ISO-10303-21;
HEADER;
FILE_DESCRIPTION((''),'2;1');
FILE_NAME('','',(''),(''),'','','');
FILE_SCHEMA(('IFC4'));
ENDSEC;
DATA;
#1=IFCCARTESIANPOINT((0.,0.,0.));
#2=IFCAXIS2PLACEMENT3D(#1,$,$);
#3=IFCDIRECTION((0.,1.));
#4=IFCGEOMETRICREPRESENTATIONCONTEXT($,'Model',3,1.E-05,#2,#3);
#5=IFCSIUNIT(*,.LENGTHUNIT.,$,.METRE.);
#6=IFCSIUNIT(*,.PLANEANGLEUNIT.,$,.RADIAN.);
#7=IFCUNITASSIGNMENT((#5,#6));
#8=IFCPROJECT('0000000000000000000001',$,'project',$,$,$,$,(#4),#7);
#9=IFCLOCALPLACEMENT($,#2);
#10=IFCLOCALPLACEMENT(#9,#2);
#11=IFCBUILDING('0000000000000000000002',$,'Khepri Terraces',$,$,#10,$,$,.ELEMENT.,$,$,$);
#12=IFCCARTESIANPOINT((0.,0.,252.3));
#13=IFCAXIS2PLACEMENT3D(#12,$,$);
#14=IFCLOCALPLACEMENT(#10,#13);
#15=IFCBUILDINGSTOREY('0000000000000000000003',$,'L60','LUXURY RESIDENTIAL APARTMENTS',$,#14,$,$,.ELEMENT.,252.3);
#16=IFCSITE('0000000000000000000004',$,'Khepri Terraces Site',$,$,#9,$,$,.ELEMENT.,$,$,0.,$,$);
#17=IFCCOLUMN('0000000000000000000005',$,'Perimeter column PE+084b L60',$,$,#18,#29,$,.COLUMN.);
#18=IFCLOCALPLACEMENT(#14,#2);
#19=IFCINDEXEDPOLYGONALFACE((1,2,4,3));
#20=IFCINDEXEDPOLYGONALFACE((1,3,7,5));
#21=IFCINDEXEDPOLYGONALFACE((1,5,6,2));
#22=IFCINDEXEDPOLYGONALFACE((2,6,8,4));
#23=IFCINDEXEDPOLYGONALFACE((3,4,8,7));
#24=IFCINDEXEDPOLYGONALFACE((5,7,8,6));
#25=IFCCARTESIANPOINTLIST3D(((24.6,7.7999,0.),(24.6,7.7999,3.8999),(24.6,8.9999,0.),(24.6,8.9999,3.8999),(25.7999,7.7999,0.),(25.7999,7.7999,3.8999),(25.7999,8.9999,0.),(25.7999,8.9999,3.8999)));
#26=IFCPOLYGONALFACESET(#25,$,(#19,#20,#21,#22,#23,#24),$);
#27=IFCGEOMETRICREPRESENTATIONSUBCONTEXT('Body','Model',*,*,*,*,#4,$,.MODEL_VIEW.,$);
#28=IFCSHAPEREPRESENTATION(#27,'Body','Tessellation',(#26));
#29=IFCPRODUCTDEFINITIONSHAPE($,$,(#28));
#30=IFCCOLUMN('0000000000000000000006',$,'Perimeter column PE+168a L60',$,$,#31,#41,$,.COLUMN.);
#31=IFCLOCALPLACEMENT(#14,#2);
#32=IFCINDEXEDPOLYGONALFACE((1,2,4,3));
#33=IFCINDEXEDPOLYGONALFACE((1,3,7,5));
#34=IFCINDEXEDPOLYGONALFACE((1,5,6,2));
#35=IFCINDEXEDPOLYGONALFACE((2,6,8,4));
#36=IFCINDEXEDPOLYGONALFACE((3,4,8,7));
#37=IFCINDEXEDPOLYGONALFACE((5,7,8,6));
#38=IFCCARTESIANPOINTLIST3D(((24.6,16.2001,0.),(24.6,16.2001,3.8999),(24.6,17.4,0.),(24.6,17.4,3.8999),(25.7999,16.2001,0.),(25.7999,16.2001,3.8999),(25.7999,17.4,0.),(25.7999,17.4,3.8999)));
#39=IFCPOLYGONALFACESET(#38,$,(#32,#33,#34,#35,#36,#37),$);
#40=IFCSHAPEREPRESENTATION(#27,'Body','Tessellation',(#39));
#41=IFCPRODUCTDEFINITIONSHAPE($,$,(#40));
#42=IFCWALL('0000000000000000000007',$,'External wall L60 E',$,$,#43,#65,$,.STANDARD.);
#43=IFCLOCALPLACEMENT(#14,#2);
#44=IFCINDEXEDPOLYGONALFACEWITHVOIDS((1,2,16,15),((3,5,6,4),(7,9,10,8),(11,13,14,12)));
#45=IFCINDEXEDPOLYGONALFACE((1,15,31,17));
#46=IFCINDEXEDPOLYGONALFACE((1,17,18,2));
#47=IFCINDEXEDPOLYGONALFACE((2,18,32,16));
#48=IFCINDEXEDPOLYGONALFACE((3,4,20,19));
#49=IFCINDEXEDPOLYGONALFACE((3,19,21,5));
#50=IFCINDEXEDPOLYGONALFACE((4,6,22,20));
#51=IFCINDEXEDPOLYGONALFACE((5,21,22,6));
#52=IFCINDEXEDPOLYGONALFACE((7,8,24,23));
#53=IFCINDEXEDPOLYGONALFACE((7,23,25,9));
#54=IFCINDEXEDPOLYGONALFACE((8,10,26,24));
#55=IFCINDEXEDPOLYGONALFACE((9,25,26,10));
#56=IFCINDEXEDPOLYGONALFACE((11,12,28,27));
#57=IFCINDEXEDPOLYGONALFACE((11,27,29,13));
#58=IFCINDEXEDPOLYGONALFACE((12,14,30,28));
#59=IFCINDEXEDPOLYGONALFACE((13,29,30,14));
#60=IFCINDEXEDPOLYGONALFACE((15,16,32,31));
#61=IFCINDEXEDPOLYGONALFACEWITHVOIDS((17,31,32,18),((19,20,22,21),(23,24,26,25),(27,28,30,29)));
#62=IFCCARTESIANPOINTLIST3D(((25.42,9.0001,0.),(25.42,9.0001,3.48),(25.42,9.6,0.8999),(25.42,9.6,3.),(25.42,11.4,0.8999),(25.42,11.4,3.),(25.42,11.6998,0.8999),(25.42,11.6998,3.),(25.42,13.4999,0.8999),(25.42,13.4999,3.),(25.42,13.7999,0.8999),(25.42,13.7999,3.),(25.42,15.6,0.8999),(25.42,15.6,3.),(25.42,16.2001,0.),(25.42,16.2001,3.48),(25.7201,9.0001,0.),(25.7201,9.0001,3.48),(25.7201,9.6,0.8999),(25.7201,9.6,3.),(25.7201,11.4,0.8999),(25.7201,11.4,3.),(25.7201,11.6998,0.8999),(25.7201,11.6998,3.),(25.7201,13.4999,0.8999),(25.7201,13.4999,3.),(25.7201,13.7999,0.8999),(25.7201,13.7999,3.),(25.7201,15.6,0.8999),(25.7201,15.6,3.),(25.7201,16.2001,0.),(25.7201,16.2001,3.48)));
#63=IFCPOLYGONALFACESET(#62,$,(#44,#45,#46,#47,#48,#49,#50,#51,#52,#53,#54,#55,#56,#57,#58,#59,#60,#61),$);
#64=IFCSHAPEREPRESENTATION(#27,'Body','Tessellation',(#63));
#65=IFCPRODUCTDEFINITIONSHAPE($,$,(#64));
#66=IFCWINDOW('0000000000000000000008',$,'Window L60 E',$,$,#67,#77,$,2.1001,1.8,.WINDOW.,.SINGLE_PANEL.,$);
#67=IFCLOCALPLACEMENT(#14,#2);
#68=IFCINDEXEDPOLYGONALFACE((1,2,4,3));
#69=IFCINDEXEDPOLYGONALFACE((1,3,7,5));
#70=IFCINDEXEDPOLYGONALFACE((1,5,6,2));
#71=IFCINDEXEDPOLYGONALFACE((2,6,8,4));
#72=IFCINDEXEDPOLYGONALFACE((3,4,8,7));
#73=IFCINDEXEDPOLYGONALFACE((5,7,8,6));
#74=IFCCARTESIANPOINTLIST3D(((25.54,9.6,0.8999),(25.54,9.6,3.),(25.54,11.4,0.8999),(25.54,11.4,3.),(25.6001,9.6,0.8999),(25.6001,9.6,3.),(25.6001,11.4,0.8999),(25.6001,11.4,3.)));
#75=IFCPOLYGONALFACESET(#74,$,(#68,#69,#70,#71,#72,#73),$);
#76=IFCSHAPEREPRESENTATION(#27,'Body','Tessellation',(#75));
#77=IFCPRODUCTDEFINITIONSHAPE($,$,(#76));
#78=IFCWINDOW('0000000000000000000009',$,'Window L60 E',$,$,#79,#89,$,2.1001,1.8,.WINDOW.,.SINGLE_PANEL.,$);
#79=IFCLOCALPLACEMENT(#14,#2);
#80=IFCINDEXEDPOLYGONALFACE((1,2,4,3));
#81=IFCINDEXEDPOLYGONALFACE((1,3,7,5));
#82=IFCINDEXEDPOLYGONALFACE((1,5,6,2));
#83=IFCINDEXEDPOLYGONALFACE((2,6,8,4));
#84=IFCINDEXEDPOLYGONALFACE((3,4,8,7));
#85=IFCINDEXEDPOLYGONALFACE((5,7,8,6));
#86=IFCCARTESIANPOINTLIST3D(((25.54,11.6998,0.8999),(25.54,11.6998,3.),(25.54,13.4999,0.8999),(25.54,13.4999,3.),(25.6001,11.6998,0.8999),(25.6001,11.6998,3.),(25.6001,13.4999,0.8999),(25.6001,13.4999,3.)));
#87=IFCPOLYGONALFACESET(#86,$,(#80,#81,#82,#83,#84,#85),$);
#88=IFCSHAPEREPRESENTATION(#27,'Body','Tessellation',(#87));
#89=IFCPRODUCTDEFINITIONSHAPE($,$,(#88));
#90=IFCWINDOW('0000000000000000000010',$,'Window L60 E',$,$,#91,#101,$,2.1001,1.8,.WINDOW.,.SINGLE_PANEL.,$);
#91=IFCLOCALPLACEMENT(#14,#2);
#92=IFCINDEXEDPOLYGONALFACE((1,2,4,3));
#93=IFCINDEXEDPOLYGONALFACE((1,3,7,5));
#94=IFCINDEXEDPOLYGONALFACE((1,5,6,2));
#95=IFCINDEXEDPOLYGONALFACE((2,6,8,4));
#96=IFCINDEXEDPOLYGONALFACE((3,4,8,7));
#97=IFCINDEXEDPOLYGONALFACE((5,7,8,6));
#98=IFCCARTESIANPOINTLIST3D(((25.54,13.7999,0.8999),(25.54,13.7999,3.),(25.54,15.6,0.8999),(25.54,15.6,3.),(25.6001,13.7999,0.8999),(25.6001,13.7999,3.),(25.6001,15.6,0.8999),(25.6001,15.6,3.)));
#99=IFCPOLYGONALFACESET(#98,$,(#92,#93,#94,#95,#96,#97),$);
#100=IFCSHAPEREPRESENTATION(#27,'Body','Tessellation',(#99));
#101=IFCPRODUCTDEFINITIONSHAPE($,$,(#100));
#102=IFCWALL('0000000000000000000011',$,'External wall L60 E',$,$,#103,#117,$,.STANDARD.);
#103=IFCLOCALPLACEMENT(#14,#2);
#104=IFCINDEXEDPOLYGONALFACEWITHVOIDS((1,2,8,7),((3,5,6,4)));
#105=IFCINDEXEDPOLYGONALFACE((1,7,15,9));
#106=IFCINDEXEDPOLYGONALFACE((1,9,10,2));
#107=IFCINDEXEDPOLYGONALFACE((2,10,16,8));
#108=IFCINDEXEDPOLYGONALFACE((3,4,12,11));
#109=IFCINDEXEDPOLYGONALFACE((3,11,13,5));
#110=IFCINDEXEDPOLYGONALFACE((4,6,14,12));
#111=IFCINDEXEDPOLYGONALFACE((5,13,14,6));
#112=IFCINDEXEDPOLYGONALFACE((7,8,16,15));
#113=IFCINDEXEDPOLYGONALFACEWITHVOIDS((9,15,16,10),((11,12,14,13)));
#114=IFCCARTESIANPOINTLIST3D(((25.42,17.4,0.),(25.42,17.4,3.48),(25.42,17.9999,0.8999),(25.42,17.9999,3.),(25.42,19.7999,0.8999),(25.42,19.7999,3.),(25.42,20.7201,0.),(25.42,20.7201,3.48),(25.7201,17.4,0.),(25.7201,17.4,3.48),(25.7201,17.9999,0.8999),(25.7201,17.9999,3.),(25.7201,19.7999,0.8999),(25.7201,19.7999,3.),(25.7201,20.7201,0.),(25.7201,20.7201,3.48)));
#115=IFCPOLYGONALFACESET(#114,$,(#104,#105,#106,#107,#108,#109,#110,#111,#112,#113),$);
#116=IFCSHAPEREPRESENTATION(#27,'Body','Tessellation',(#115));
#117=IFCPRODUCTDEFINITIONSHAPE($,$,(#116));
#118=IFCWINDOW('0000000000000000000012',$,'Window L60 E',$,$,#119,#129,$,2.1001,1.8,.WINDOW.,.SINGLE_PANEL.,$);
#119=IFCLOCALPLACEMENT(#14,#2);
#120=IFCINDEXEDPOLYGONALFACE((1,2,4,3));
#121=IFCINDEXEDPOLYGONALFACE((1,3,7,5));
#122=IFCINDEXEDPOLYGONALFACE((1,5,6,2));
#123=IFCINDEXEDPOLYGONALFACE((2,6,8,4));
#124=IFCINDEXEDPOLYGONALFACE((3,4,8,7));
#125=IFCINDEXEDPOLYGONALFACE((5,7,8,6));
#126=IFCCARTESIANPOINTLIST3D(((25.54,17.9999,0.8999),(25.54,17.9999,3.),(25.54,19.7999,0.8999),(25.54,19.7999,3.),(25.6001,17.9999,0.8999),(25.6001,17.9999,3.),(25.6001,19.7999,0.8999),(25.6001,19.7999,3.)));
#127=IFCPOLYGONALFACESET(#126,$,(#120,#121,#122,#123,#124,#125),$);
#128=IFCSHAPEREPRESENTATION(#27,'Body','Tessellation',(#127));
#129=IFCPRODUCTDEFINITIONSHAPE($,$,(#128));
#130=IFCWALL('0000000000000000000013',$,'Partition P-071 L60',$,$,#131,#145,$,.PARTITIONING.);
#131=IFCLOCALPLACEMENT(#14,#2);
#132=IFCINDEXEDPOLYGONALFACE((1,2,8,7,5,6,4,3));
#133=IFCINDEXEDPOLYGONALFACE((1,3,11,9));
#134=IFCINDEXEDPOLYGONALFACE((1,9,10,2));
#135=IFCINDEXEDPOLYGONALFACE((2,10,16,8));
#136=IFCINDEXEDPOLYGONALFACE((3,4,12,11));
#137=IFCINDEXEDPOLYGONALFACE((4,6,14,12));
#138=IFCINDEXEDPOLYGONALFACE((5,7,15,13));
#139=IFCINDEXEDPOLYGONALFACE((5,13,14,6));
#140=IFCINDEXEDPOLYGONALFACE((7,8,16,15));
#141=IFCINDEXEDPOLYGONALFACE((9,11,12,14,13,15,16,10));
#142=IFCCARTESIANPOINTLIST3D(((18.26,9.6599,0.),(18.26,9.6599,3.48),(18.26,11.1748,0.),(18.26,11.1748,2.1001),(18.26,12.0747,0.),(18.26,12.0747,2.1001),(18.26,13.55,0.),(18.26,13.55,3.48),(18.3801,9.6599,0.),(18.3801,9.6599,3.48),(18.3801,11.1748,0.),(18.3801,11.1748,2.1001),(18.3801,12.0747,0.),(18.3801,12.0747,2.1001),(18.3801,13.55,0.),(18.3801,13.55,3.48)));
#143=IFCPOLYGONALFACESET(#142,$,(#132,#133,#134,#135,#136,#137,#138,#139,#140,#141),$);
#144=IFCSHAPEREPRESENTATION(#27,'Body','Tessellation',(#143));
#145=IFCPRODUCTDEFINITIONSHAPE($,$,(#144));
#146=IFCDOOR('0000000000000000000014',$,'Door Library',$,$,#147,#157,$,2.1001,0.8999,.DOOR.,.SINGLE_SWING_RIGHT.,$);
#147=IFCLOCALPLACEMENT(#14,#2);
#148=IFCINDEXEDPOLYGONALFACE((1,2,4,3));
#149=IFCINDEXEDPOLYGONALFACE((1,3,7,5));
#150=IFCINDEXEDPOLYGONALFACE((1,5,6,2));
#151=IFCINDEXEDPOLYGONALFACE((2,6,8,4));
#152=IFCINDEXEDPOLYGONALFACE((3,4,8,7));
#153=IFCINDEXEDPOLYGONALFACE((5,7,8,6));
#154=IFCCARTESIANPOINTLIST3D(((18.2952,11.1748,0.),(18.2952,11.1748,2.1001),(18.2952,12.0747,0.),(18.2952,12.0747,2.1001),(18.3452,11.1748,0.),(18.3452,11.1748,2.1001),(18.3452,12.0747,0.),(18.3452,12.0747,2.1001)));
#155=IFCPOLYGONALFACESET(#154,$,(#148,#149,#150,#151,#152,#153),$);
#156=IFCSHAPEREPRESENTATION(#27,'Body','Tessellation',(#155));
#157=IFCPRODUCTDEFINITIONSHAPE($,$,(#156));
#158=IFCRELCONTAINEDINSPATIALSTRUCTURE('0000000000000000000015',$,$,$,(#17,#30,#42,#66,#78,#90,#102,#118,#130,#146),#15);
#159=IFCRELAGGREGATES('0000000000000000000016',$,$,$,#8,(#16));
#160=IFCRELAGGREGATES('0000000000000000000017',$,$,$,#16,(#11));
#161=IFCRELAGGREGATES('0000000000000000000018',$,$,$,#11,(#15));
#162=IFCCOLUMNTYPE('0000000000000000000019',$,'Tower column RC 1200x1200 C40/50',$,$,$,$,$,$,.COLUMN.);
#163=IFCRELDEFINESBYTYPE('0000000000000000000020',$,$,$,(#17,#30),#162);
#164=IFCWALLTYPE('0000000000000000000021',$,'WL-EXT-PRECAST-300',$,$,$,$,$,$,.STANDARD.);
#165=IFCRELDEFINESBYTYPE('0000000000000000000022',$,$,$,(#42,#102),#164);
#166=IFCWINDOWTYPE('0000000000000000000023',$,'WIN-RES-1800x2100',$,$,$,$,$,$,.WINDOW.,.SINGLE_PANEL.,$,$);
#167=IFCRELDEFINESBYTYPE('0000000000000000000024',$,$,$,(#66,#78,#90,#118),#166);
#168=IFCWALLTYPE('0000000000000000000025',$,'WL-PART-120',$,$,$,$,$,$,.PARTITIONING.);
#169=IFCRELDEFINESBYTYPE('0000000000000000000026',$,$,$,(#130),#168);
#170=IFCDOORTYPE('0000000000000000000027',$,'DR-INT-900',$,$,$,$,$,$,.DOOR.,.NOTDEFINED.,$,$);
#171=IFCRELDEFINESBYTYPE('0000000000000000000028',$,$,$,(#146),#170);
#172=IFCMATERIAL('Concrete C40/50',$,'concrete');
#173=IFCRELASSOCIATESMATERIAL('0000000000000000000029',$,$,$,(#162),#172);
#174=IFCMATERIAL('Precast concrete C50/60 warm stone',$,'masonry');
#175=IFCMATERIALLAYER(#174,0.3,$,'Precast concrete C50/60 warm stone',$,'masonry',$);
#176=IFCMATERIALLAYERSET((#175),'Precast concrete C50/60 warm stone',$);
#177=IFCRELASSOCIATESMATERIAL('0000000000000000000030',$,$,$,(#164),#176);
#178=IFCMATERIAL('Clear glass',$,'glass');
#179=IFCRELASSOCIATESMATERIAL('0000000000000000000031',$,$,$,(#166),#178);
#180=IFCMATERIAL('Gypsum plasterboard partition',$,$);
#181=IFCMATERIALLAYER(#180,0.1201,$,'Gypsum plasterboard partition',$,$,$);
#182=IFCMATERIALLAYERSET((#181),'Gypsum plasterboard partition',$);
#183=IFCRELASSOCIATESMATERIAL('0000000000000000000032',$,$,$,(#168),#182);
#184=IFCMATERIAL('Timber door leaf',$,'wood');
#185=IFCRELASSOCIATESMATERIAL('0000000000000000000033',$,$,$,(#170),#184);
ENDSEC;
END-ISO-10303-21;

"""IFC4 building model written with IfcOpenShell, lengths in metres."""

from ifc_helpers import new_model, si_unit, direction, frame, frame_2d, origin, origin_2d, place, context, subcontext, project, spatial, rectangle, extrude, material, layer, layer_set, material_profile, profile_set, type_object, element, fill, save


model = new_model("IFC4")

# Units and contexts
model_context = context("Model", 3, precision=1e-05, world=origin(), true_north=direction((0.0, 1.0)))
body_context = subcontext(model_context, "Body", "Model", "MODEL_VIEW")
ifc_project = project(units=[si_unit("LENGTHUNIT", "METRE"), si_unit("PLANEANGLEUNIT", "RADIAN")], contexts=[model_context])

# Site, building, storey
site_placement = place(None, origin())
site = spatial("IfcSite", under=ifc_project, at=site_placement, Name="Khepri Terraces Site", CompositionType="ELEMENT", RefElevation=0.0)
building_placement = place(site_placement, origin())
building = spatial("IfcBuilding", under=site, at=building_placement, Name="Khepri Terraces", CompositionType="ELEMENT")
storey_placement = place(building_placement, frame((0.0, 0.0, 252.3)))
storey = spatial("IfcBuildingStorey", under=building, at=storey_placement, Name="L60", Description="LUXURY RESIDENTIAL APARTMENTS", CompositionType="ELEMENT", Elevation=252.3)

# Columns
ifc_material_1 = material(Name="Concrete C40/50", Category="concrete")
ifc_material_profile = material_profile(ifc_material_1, rectangle(XDim=1.2, YDim=1.2, at=origin_2d()), Name="Concrete C40/50", Category="concrete")
ifc_profile_set = profile_set([ifc_material_profile], Name="Concrete C40/50")
column_type = type_object("IfcColumnType", Name="Tower column RC 1200x1200 C40/50", PredefinedType="COLUMN", material=ifc_profile_set)
for number, where, z_axis, x_axis, name in (
    (1, (25.2, 8.3999, 0.0), (0.0, 0.0, 1.0), (1.0, 0.0, 0.0), "Perimeter column PE+084b L60"),
    (2, (25.2, 16.8, 0.0), (0.0, 0.0, 1.0), (1.0, 0.0, 0.0), "Perimeter column PE+168a L60"),
):
    element("IfcColumn", number, at=place(storey_placement, frame(where, z_axis=z_axis, x_axis=x_axis)), inside=storey, type_object=column_type, Name=name, PredefinedType="COLUMN", context=body_context, shape_type="SweptSolid", body=[
        extrude(rectangle(XDim=1.2, YDim=1.2, at=origin_2d()), origin(), (0.0, 0.0, 1.0), 3.8999),
    ])

# Wall, openings, windows
ifc_material_2 = material(Name="Precast concrete C50/60 warm stone", Category="masonry")
ifc_layer_1 = layer(ifc_material_2, 0.3, Name="Precast concrete C50/60 warm stone", Category="masonry")
ifc_layer_set_1 = layer_set([ifc_layer_1], Name="Precast concrete C50/60 warm stone")
wall_type_1 = type_object("IfcWallType", Name="WL-EXT-PRECAST-300", PredefinedType="STANDARD", material=ifc_layer_set_1)
wall_1_placement = place(storey_placement, frame((25.5701, 9.0, 0.0), z_axis=(0.0, 0.0, 1.0), x_axis=(0.0, 1.0, 0.0)))
wall_1 = element("IfcWall", 3, at=wall_1_placement, inside=storey, type_object=wall_type_1, Name="External wall L60 E", PredefinedType="STANDARD", context=body_context, shape_type="SweptSolid", body=[
    extrude(rectangle(XDim=7.2, YDim=0.3, at=frame_2d((3.6001, 0.0))), origin(), (0.0, 0.0, 1.0), 3.48),
])
opening_1_placement = place(wall_1_placement, frame((0.6001, 0.0, 0.8999)))
opening_1 = element("IfcOpeningElement", 4, at=opening_1_placement, cuts=wall_1, PredefinedType="OPENING", context=body_context, shape_type="SweptSolid", body=[
    extrude(rectangle(XDim=1.8, YDim=2.1001, at=frame_2d((0.8999, 1.05))), frame((0.0, 0.1602, 0.0), z_axis=(0.0, -1.0, 0.0), x_axis=(1.0, 0.0, 0.0)), (0.0, 0.0, 1.0), 0.3201),
])
opening_2_placement = place(wall_1_placement, frame((2.7, 0.0, 0.8999)))
opening_2 = element("IfcOpeningElement", 5, at=opening_2_placement, cuts=wall_1, PredefinedType="OPENING", context=body_context, shape_type="SweptSolid", body=[
    extrude(rectangle(XDim=1.8, YDim=2.1001, at=frame_2d((0.8999, 1.05))), frame((0.0, 0.1602, 0.0), z_axis=(0.0, -1.0, 0.0), x_axis=(1.0, 0.0, 0.0)), (0.0, 0.0, 1.0), 0.3201),
])
opening_3_placement = place(wall_1_placement, frame((4.8, 0.0, 0.8999)))
opening_3 = element("IfcOpeningElement", 6, at=opening_3_placement, cuts=wall_1, PredefinedType="OPENING", context=body_context, shape_type="SweptSolid", body=[
    extrude(rectangle(XDim=1.8, YDim=2.1001, at=frame_2d((0.8999, 1.05))), frame((0.0, 0.1602, 0.0), z_axis=(0.0, -1.0, 0.0), x_axis=(1.0, 0.0, 0.0)), (0.0, 0.0, 1.0), 0.3201),
])
ifc_material_3 = material(Name="Clear glass", Category="glass")
window_type = type_object("IfcWindowType", Name="WIN-RES-1800x2100", PartitioningType="SINGLE_PANEL", PredefinedType="WINDOW", material=ifc_material_3)
window_1_placement = place(opening_1_placement, origin())
window_1 = element("IfcWindow", 7, at=window_1_placement, inside=storey, type_object=window_type, Name="Window L60 E", OverallHeight=2.1001, OverallWidth=1.8, PartitioningType="SINGLE_PANEL", PredefinedType="WINDOW", context=body_context, shape_type="SweptSolid", body=[
    extrude(rectangle(XDim=1.8, YDim=2.1001, at=frame_2d((0.8999, 1.05))), frame((0.0, 0.03, 0.0), z_axis=(0.0, -1.0, 0.0), x_axis=(1.0, 0.0, 0.0)), (0.0, 0.0, 1.0), 0.0601),
])
fill(opening_1, window_1)
window_2_placement = place(opening_2_placement, origin())
window_2 = element("IfcWindow", 8, at=window_2_placement, inside=storey, type_object=window_type, Name="Window L60 E", OverallHeight=2.1001, OverallWidth=1.8, PartitioningType="SINGLE_PANEL", PredefinedType="WINDOW", context=body_context, shape_type="SweptSolid", body=[
    extrude(rectangle(XDim=1.8, YDim=2.1001, at=frame_2d((0.8999, 1.05))), frame((0.0, 0.03, 0.0), z_axis=(0.0, -1.0, 0.0), x_axis=(1.0, 0.0, 0.0)), (0.0, 0.0, 1.0), 0.0601),
])
fill(opening_2, window_2)
window_3_placement = place(opening_3_placement, origin())
window_3 = element("IfcWindow", 9, at=window_3_placement, inside=storey, type_object=window_type, Name="Window L60 E", OverallHeight=2.1001, OverallWidth=1.8, PartitioningType="SINGLE_PANEL", PredefinedType="WINDOW", context=body_context, shape_type="SweptSolid", body=[
    extrude(rectangle(XDim=1.8, YDim=2.1001, at=frame_2d((0.8999, 1.05))), frame((0.0, 0.03, 0.0), z_axis=(0.0, -1.0, 0.0), x_axis=(1.0, 0.0, 0.0)), (0.0, 0.0, 1.0), 0.0601),
])
fill(opening_3, window_3)

# Wall, opening, window
wall_2_placement = place(storey_placement, frame((25.5701, 17.3999, 0.0), z_axis=(0.0, 0.0, 1.0), x_axis=(0.0, 1.0, 0.0)))
wall_2 = element("IfcWall", 10, at=wall_2_placement, inside=storey, type_object=wall_type_1, Name="External wall L60 E", PredefinedType="STANDARD", context=body_context, shape_type="SweptSolid", body=[
    extrude(rectangle(XDim=3.3201, YDim=0.3, at=frame_2d((1.6602, 0.0))), origin(), (0.0, 0.0, 1.0), 3.48),
])
opening_4_placement = place(wall_2_placement, frame((0.6001, 0.0, 0.8999)))
opening_4 = element("IfcOpeningElement", 11, at=opening_4_placement, cuts=wall_2, PredefinedType="OPENING", context=body_context, shape_type="SweptSolid", body=[
    extrude(rectangle(XDim=1.8, YDim=2.1001, at=frame_2d((0.8999, 1.05))), frame((0.0, 0.1602, 0.0), z_axis=(0.0, -1.0, 0.0), x_axis=(1.0, 0.0, 0.0)), (0.0, 0.0, 1.0), 0.3201),
])
window_4_placement = place(opening_4_placement, origin())
window_4 = element("IfcWindow", 12, at=window_4_placement, inside=storey, type_object=window_type, Name="Window L60 E", OverallHeight=2.1001, OverallWidth=1.8, PartitioningType="SINGLE_PANEL", PredefinedType="WINDOW", context=body_context, shape_type="SweptSolid", body=[
    extrude(rectangle(XDim=1.8, YDim=2.1001, at=frame_2d((0.8999, 1.05))), frame((0.0, 0.03, 0.0), z_axis=(0.0, -1.0, 0.0), x_axis=(1.0, 0.0, 0.0)), (0.0, 0.0, 1.0), 0.0601),
])
fill(opening_4, window_4)

# Wall, opening, door
ifc_material_4 = material(Name="Gypsum plasterboard partition")
ifc_layer_2 = layer(ifc_material_4, 0.1201, Name="Gypsum plasterboard partition")
ifc_layer_set_2 = layer_set([ifc_layer_2], Name="Gypsum plasterboard partition")
wall_type_2 = type_object("IfcWallType", Name="WL-PART-120", PredefinedType="PARTITIONING", material=ifc_layer_set_2)
wall_3_placement = place(storey_placement, frame((18.3201, 9.6599, 0.0), z_axis=(0.0, 0.0, 1.0), x_axis=(0.0, 1.0, 0.0)))
wall_3 = element("IfcWall", 13, at=wall_3_placement, inside=storey, type_object=wall_type_2, Name="Partition P-071 L60", PredefinedType="PARTITIONING", context=body_context, shape_type="SweptSolid", body=[
    extrude(rectangle(XDim=3.8901, YDim=0.1201, at=frame_2d((1.9451, 0.0))), origin(), (0.0, 0.0, 1.0), 3.48),
])
opening_5_placement = place(wall_3_placement, frame((1.5149, 0.0, 0.0)))
opening_5 = element("IfcOpeningElement", 14, at=opening_5_placement, cuts=wall_3, PredefinedType="OPENING", context=body_context, shape_type="SweptSolid", body=[
    extrude(rectangle(XDim=0.8999, YDim=2.1001, at=frame_2d((0.45, 1.05))), frame((0.0, 0.0701, 0.0), z_axis=(0.0, -1.0, 0.0), x_axis=(1.0, 0.0, 0.0)), (0.0, 0.0, 1.0), 0.1401),
])
ifc_material_5 = material(Name="Timber door leaf", Category="wood")
door_type_1 = type_object("IfcDoorType", Name="DR-INT-900", OperationType="NOTDEFINED", PredefinedType="DOOR", material=ifc_material_5)
door_1_placement = place(opening_5_placement, origin())
door_1 = element("IfcDoor", 15, at=door_1_placement, inside=storey, type_object=door_type_1, Name="Door Library", OperationType="SINGLE_SWING_RIGHT", OverallHeight=2.1001, OverallWidth=0.8999, PredefinedType="DOOR", context=body_context, shape_type="SweptSolid", body=[
    extrude(rectangle(XDim=0.8999, YDim=2.1001, at=frame_2d((0.45, 1.05))), frame((0.0, 0.0249, 0.0), z_axis=(0.0, -1.0, 0.0), x_axis=(1.0, 0.0, 0.0)), (0.0, 0.0, 1.0), 0.05),
])
fill(opening_5, door_1)

save(model, "model.ifc")
